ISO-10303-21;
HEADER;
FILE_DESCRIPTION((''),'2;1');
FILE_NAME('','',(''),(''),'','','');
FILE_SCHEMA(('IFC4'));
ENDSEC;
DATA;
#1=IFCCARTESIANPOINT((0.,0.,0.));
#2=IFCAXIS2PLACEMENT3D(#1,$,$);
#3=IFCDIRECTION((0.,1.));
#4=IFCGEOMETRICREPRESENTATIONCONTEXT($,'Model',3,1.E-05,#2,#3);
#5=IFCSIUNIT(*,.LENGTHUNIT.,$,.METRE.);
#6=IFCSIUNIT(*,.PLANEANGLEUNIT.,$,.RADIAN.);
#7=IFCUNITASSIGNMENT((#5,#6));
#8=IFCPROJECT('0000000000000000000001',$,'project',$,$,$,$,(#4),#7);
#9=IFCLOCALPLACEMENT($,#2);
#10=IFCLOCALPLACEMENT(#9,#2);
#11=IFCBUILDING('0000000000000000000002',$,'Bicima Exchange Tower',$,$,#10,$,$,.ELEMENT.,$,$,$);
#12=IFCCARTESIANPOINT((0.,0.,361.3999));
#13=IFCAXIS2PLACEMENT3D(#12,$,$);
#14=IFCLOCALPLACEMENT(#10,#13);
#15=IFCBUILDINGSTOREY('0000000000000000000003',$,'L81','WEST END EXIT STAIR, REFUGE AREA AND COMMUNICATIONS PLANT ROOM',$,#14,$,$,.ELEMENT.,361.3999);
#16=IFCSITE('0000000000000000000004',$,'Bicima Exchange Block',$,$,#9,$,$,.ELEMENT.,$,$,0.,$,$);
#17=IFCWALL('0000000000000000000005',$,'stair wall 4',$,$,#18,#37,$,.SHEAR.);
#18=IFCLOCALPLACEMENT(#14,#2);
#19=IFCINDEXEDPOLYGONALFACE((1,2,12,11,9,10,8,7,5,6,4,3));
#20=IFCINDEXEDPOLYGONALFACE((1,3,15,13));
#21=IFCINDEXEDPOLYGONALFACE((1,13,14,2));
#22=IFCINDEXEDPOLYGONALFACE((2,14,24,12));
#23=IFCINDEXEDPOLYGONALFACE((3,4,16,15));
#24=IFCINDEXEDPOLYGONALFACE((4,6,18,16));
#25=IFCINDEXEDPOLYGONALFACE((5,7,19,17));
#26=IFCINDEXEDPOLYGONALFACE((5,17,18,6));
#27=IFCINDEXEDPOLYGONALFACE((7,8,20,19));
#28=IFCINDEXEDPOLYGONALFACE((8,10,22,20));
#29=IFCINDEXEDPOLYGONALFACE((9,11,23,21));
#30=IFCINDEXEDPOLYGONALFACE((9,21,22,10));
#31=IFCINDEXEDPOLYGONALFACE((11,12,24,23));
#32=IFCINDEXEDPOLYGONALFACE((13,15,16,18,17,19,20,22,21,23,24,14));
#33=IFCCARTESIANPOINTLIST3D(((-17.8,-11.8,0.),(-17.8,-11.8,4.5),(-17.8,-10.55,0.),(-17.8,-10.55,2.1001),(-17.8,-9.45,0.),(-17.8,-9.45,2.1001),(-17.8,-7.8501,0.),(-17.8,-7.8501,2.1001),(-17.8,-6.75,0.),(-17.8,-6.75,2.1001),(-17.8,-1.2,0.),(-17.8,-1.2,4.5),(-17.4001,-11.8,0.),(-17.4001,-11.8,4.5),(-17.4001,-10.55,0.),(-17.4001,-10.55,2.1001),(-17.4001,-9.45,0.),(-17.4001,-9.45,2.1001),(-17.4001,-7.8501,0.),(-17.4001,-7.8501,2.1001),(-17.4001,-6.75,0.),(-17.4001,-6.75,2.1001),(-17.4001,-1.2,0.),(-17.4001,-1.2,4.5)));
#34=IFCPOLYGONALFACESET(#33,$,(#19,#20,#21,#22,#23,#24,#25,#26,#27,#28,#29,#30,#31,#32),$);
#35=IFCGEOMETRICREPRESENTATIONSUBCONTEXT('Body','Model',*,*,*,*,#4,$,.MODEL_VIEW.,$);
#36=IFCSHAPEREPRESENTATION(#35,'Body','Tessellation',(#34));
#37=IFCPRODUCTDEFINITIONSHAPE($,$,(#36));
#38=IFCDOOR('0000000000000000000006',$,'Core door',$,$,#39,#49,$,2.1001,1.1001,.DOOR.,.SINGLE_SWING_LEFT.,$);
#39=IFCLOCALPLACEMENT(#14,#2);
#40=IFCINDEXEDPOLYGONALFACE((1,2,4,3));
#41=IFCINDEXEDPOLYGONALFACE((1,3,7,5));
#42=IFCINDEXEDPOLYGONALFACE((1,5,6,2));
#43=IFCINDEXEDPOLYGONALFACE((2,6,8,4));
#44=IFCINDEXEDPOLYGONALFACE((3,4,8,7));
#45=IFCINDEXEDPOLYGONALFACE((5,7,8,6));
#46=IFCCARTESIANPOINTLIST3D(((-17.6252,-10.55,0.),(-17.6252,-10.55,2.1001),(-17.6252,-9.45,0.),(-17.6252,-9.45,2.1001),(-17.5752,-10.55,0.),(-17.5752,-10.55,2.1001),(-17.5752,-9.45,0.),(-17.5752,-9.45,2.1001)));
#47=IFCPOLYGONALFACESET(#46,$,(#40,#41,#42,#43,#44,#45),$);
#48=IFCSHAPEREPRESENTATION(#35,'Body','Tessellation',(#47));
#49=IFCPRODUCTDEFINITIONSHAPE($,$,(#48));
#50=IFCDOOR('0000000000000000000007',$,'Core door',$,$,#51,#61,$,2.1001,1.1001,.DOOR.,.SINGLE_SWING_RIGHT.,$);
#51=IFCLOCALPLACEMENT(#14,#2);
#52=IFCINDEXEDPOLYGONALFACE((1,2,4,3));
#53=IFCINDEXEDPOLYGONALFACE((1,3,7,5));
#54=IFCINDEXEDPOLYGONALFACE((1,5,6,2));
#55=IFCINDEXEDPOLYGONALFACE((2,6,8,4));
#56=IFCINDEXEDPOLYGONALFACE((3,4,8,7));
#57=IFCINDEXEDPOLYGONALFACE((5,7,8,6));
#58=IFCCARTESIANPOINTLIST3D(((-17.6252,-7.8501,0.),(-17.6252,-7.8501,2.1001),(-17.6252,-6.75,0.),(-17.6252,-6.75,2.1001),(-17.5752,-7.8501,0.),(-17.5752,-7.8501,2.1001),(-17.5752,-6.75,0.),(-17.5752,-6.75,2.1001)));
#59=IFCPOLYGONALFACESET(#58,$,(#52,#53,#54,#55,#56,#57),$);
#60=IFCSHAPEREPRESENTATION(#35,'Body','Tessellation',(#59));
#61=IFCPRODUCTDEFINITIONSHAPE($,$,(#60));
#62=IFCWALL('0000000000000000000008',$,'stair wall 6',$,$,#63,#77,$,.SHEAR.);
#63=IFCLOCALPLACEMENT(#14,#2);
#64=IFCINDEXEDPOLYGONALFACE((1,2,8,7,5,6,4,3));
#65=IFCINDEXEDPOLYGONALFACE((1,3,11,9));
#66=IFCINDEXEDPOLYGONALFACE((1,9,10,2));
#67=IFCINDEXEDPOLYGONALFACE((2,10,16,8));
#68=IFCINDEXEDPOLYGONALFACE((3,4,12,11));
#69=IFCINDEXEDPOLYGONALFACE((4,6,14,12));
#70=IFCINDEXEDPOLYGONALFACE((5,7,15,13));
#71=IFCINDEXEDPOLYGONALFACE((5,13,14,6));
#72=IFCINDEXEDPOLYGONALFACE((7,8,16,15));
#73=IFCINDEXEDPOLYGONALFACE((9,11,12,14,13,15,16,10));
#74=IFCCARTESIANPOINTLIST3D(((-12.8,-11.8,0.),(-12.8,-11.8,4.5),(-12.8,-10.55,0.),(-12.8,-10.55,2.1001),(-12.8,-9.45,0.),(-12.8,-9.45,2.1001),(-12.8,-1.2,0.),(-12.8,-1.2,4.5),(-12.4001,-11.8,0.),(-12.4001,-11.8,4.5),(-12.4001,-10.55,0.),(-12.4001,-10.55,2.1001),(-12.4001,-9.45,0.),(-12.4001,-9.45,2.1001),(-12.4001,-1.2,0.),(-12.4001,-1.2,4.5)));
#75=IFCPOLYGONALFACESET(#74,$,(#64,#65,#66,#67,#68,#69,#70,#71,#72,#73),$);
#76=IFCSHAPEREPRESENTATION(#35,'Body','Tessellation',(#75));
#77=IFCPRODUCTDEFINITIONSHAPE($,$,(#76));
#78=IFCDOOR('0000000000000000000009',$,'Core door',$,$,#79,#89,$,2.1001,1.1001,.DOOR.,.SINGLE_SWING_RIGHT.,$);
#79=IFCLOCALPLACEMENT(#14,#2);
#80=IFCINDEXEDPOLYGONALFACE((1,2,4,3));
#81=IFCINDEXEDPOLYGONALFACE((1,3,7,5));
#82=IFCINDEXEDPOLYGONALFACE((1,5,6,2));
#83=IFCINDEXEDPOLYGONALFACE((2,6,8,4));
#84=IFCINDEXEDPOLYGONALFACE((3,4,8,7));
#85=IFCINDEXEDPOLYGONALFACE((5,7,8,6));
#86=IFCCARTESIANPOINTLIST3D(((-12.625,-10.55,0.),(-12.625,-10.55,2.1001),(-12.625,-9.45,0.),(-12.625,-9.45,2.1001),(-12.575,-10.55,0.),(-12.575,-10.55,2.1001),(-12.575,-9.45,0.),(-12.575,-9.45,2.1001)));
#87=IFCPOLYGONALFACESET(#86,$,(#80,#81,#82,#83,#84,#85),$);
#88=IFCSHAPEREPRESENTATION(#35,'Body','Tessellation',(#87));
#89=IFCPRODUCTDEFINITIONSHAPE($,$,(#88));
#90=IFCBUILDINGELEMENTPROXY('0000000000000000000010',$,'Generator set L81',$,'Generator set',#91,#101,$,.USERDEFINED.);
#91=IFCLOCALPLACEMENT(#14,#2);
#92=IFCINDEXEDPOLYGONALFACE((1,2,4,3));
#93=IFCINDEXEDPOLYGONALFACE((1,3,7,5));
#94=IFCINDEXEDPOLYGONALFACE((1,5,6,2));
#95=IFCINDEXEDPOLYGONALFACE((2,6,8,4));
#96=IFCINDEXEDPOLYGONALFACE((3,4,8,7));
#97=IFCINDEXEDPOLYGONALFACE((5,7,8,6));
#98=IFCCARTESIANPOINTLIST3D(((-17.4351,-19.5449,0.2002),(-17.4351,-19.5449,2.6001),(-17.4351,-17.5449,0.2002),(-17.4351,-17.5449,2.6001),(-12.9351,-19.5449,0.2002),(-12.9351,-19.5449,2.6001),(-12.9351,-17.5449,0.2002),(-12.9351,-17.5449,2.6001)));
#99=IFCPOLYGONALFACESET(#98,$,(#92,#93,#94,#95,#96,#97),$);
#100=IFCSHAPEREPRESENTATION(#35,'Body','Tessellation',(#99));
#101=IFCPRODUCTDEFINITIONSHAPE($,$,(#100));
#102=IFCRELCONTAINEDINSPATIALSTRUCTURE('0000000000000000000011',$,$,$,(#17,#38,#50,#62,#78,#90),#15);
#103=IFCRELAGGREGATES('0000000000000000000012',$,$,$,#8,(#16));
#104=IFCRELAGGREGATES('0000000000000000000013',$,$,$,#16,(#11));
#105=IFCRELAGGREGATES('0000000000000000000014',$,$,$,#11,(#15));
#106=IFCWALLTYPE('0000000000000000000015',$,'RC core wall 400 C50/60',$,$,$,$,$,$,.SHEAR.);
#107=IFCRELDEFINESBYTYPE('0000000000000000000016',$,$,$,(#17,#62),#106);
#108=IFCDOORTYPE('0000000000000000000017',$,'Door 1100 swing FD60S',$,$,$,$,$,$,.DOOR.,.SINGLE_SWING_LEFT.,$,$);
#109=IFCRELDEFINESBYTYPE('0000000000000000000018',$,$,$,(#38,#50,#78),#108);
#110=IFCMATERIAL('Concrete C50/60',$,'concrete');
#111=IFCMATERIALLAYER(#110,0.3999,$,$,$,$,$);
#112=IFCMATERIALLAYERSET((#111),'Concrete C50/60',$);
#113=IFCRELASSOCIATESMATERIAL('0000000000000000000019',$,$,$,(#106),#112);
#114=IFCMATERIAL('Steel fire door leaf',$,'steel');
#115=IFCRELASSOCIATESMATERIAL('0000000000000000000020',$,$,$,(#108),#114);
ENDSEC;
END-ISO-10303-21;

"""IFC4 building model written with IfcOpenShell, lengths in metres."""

from ifc_helpers import new_model, si_unit, direction, frame, frame_2d, origin, origin_2d, place, context, subcontext, project, spatial, rectangle, extrude, material, layer, layer_set, type_object, element, fill, save


model = new_model("IFC4")

# Units and contexts
model_context = context("Model", 3, precision=1e-05, world=origin(), true_north=direction((0.0, 1.0)))
body_context = subcontext(model_context, "Body", "Model", "MODEL_VIEW")
ifc_project = project(units=[si_unit("LENGTHUNIT", "METRE"), si_unit("PLANEANGLEUNIT", "RADIAN")], contexts=[model_context])

# Site, building, storey
site_placement = place(None, origin())
site = spatial("IfcSite", under=ifc_project, at=site_placement, Name="Bicima Exchange Block", CompositionType="ELEMENT", RefElevation=0.0)
building_placement = place(site_placement, origin())
building = spatial("IfcBuilding", under=site, at=building_placement, Name="Bicima Exchange Tower", CompositionType="ELEMENT")
storey_placement = place(building_placement, frame((0.0, 0.0, 361.3999)))
storey = spatial("IfcBuildingStorey", under=building, at=storey_placement, Name="L81", Description="WEST END EXIT STAIR, REFUGE AREA AND COMMUNICATIONS PLANT ROOM", CompositionType="ELEMENT", Elevation=361.3999)

# Shared definitions
ifc_material_1 = material(Name="Concrete C50/60", Category="concrete")
ifc_layer_1 = layer(ifc_material_1, 0.3999)
ifc_layer_set_1 = layer_set([ifc_layer_1], Name="Concrete C50/60")
wall_type_1 = type_object("IfcWallType", Name="RC core wall 400 C50/60", PredefinedType="SHEAR", material=ifc_layer_set_1)
ifc_material_2 = material(Name="Steel fire door leaf", Category="steel")

# Wall, openings, doors
wall_1_placement = place(storey_placement, frame((-17.6001, -11.8, 0.0), z_axis=(0.0, 0.0, 1.0), x_axis=(0.0, 1.0, 0.0)))
wall_1 = element("IfcWall", 1, at=wall_1_placement, inside=storey, type_object=wall_type_1, Name="stair wall 4", PredefinedType="SHEAR", context=body_context, shape_type="SweptSolid", body=[
    extrude(rectangle(XDim=10.6001, YDim=0.3999, at=frame_2d((5.3, 0.0))), origin(), (0.0, 0.0, 1.0), 4.5),
])
opening_1_placement = place(wall_1_placement, frame((1.25, 0.0, 0.0)))
opening_1 = element("IfcOpeningElement", 2, at=opening_1_placement, cuts=wall_1, PredefinedType="OPENING", context=body_context, shape_type="SweptSolid", body=[
    extrude(rectangle(XDim=1.1001, YDim=2.1001, at=frame_2d((0.55, 1.05))), frame((0.0, 0.2119, 0.0), z_axis=(0.0, -1.0, 0.0), x_axis=(1.0, 0.0, 0.0)), (0.0, 0.0, 1.0), 0.4238),
])
opening_2_placement = place(wall_1_placement, frame((3.95, 0.0, 0.0)))
opening_2 = element("IfcOpeningElement", 3, at=opening_2_placement, cuts=wall_1, PredefinedType="OPENING", context=body_context, shape_type="SweptSolid", body=[
    extrude(rectangle(XDim=1.1001, YDim=2.1001, at=frame_2d((0.55, 1.05))), frame((0.0, 0.2119, 0.0), z_axis=(0.0, -1.0, 0.0), x_axis=(1.0, 0.0, 0.0)), (0.0, 0.0, 1.0), 0.4238),
])
door_type_1 = type_object("IfcDoorType", Name="Door 1100 swing FD60S", OperationType="SINGLE_SWING_LEFT", PredefinedType="DOOR", material=ifc_material_2)
door_1_placement = place(opening_1_placement, frame((1.1001, 0.0, 0.0), z_axis=(0.0, 0.0, 1.0), x_axis=(-1.0, 0.0, 0.0)))
door_1 = element("IfcDoor", 4, at=door_1_placement, inside=storey, type_object=door_type_1, Name="Core door", OperationType="SINGLE_SWING_LEFT", OverallHeight=2.1001, OverallWidth=1.1001, PredefinedType="DOOR", context=body_context, shape_type="SweptSolid", body=[
    extrude(rectangle(XDim=1.1001, YDim=2.1001, at=frame_2d((0.55, 1.05))), frame((0.0, 0.0249, 0.0), z_axis=(0.0, -1.0, 0.0), x_axis=(1.0, 0.0, 0.0)), (0.0, 0.0, 1.0), 0.05),
])
fill(opening_1, door_1)
door_2_placement = place(opening_2_placement, frame((1.1001, 0.0, 0.0), z_axis=(0.0, 0.0, 1.0), x_axis=(-1.0, 0.0, 0.0)))
door_2 = element("IfcDoor", 5, at=door_2_placement, inside=storey, type_object=door_type_1, Name="Core door", OperationType="SINGLE_SWING_RIGHT", OverallHeight=2.1001, OverallWidth=1.1001, PredefinedType="DOOR", context=body_context, shape_type="SweptSolid", body=[
    extrude(rectangle(XDim=1.1001, YDim=2.1001, at=frame_2d((0.55, 1.05))), frame((0.0, 0.0249, 0.0), z_axis=(0.0, -1.0, 0.0), x_axis=(1.0, 0.0, 0.0)), (0.0, 0.0, 1.0), 0.05),
])
fill(opening_2, door_2)

# Wall, opening, door
wall_2_placement = place(storey_placement, frame((-12.6001, -11.8, 0.0), z_axis=(0.0, 0.0, 1.0), x_axis=(0.0, 1.0, 0.0)))
wall_2 = element("IfcWall", 6, at=wall_2_placement, inside=storey, type_object=wall_type_1, Name="stair wall 6", PredefinedType="SHEAR", context=body_context, shape_type="SweptSolid", body=[
    extrude(rectangle(XDim=10.6001, YDim=0.3999, at=frame_2d((5.3, 0.0))), origin(), (0.0, 0.0, 1.0), 4.5),
])
opening_3_placement = place(wall_2_placement, frame((1.25, 0.0, 0.0)))
opening_3 = element("IfcOpeningElement", 7, at=opening_3_placement, cuts=wall_2, PredefinedType="OPENING", context=body_context, shape_type="SweptSolid", body=[
    extrude(rectangle(XDim=1.1001, YDim=2.1001, at=frame_2d((0.55, 1.05))), frame((0.0, 0.2119, 0.0), z_axis=(0.0, -1.0, 0.0), x_axis=(1.0, 0.0, 0.0)), (0.0, 0.0, 1.0), 0.4238),
])
door_3_placement = place(opening_3_placement, origin())
door_3 = element("IfcDoor", 8, at=door_3_placement, inside=storey, type_object=door_type_1, Name="Core door", OperationType="SINGLE_SWING_RIGHT", OverallHeight=2.1001, OverallWidth=1.1001, PredefinedType="DOOR", context=body_context, shape_type="SweptSolid", body=[
    extrude(rectangle(XDim=1.1001, YDim=2.1001, at=frame_2d((0.55, 1.05))), frame((0.0, 0.0249, 0.0), z_axis=(0.0, -1.0, 0.0), x_axis=(1.0, 0.0, 0.0)), (0.0, 0.0, 1.0), 0.05),
])
fill(opening_3, door_3)

# Building element proxy
proxy_placement = place(storey_placement, frame((-15.1851, -18.5449, 0.2002), z_axis=(0.0, 0.0, 1.0), x_axis=(1.0, 0.0, 0.0)))
element("IfcBuildingElementProxy", 9, at=proxy_placement, inside=storey, Name="Generator set L81", ObjectType="Generator set", PredefinedType="USERDEFINED", context=body_context, shape_type="SweptSolid", body=[
    extrude(rectangle(XDim=4.5, YDim=2.0, at=origin_2d()), origin(), (0.0, 0.0, 1.0), 2.3999),
])

save(model, "model.ifc")
